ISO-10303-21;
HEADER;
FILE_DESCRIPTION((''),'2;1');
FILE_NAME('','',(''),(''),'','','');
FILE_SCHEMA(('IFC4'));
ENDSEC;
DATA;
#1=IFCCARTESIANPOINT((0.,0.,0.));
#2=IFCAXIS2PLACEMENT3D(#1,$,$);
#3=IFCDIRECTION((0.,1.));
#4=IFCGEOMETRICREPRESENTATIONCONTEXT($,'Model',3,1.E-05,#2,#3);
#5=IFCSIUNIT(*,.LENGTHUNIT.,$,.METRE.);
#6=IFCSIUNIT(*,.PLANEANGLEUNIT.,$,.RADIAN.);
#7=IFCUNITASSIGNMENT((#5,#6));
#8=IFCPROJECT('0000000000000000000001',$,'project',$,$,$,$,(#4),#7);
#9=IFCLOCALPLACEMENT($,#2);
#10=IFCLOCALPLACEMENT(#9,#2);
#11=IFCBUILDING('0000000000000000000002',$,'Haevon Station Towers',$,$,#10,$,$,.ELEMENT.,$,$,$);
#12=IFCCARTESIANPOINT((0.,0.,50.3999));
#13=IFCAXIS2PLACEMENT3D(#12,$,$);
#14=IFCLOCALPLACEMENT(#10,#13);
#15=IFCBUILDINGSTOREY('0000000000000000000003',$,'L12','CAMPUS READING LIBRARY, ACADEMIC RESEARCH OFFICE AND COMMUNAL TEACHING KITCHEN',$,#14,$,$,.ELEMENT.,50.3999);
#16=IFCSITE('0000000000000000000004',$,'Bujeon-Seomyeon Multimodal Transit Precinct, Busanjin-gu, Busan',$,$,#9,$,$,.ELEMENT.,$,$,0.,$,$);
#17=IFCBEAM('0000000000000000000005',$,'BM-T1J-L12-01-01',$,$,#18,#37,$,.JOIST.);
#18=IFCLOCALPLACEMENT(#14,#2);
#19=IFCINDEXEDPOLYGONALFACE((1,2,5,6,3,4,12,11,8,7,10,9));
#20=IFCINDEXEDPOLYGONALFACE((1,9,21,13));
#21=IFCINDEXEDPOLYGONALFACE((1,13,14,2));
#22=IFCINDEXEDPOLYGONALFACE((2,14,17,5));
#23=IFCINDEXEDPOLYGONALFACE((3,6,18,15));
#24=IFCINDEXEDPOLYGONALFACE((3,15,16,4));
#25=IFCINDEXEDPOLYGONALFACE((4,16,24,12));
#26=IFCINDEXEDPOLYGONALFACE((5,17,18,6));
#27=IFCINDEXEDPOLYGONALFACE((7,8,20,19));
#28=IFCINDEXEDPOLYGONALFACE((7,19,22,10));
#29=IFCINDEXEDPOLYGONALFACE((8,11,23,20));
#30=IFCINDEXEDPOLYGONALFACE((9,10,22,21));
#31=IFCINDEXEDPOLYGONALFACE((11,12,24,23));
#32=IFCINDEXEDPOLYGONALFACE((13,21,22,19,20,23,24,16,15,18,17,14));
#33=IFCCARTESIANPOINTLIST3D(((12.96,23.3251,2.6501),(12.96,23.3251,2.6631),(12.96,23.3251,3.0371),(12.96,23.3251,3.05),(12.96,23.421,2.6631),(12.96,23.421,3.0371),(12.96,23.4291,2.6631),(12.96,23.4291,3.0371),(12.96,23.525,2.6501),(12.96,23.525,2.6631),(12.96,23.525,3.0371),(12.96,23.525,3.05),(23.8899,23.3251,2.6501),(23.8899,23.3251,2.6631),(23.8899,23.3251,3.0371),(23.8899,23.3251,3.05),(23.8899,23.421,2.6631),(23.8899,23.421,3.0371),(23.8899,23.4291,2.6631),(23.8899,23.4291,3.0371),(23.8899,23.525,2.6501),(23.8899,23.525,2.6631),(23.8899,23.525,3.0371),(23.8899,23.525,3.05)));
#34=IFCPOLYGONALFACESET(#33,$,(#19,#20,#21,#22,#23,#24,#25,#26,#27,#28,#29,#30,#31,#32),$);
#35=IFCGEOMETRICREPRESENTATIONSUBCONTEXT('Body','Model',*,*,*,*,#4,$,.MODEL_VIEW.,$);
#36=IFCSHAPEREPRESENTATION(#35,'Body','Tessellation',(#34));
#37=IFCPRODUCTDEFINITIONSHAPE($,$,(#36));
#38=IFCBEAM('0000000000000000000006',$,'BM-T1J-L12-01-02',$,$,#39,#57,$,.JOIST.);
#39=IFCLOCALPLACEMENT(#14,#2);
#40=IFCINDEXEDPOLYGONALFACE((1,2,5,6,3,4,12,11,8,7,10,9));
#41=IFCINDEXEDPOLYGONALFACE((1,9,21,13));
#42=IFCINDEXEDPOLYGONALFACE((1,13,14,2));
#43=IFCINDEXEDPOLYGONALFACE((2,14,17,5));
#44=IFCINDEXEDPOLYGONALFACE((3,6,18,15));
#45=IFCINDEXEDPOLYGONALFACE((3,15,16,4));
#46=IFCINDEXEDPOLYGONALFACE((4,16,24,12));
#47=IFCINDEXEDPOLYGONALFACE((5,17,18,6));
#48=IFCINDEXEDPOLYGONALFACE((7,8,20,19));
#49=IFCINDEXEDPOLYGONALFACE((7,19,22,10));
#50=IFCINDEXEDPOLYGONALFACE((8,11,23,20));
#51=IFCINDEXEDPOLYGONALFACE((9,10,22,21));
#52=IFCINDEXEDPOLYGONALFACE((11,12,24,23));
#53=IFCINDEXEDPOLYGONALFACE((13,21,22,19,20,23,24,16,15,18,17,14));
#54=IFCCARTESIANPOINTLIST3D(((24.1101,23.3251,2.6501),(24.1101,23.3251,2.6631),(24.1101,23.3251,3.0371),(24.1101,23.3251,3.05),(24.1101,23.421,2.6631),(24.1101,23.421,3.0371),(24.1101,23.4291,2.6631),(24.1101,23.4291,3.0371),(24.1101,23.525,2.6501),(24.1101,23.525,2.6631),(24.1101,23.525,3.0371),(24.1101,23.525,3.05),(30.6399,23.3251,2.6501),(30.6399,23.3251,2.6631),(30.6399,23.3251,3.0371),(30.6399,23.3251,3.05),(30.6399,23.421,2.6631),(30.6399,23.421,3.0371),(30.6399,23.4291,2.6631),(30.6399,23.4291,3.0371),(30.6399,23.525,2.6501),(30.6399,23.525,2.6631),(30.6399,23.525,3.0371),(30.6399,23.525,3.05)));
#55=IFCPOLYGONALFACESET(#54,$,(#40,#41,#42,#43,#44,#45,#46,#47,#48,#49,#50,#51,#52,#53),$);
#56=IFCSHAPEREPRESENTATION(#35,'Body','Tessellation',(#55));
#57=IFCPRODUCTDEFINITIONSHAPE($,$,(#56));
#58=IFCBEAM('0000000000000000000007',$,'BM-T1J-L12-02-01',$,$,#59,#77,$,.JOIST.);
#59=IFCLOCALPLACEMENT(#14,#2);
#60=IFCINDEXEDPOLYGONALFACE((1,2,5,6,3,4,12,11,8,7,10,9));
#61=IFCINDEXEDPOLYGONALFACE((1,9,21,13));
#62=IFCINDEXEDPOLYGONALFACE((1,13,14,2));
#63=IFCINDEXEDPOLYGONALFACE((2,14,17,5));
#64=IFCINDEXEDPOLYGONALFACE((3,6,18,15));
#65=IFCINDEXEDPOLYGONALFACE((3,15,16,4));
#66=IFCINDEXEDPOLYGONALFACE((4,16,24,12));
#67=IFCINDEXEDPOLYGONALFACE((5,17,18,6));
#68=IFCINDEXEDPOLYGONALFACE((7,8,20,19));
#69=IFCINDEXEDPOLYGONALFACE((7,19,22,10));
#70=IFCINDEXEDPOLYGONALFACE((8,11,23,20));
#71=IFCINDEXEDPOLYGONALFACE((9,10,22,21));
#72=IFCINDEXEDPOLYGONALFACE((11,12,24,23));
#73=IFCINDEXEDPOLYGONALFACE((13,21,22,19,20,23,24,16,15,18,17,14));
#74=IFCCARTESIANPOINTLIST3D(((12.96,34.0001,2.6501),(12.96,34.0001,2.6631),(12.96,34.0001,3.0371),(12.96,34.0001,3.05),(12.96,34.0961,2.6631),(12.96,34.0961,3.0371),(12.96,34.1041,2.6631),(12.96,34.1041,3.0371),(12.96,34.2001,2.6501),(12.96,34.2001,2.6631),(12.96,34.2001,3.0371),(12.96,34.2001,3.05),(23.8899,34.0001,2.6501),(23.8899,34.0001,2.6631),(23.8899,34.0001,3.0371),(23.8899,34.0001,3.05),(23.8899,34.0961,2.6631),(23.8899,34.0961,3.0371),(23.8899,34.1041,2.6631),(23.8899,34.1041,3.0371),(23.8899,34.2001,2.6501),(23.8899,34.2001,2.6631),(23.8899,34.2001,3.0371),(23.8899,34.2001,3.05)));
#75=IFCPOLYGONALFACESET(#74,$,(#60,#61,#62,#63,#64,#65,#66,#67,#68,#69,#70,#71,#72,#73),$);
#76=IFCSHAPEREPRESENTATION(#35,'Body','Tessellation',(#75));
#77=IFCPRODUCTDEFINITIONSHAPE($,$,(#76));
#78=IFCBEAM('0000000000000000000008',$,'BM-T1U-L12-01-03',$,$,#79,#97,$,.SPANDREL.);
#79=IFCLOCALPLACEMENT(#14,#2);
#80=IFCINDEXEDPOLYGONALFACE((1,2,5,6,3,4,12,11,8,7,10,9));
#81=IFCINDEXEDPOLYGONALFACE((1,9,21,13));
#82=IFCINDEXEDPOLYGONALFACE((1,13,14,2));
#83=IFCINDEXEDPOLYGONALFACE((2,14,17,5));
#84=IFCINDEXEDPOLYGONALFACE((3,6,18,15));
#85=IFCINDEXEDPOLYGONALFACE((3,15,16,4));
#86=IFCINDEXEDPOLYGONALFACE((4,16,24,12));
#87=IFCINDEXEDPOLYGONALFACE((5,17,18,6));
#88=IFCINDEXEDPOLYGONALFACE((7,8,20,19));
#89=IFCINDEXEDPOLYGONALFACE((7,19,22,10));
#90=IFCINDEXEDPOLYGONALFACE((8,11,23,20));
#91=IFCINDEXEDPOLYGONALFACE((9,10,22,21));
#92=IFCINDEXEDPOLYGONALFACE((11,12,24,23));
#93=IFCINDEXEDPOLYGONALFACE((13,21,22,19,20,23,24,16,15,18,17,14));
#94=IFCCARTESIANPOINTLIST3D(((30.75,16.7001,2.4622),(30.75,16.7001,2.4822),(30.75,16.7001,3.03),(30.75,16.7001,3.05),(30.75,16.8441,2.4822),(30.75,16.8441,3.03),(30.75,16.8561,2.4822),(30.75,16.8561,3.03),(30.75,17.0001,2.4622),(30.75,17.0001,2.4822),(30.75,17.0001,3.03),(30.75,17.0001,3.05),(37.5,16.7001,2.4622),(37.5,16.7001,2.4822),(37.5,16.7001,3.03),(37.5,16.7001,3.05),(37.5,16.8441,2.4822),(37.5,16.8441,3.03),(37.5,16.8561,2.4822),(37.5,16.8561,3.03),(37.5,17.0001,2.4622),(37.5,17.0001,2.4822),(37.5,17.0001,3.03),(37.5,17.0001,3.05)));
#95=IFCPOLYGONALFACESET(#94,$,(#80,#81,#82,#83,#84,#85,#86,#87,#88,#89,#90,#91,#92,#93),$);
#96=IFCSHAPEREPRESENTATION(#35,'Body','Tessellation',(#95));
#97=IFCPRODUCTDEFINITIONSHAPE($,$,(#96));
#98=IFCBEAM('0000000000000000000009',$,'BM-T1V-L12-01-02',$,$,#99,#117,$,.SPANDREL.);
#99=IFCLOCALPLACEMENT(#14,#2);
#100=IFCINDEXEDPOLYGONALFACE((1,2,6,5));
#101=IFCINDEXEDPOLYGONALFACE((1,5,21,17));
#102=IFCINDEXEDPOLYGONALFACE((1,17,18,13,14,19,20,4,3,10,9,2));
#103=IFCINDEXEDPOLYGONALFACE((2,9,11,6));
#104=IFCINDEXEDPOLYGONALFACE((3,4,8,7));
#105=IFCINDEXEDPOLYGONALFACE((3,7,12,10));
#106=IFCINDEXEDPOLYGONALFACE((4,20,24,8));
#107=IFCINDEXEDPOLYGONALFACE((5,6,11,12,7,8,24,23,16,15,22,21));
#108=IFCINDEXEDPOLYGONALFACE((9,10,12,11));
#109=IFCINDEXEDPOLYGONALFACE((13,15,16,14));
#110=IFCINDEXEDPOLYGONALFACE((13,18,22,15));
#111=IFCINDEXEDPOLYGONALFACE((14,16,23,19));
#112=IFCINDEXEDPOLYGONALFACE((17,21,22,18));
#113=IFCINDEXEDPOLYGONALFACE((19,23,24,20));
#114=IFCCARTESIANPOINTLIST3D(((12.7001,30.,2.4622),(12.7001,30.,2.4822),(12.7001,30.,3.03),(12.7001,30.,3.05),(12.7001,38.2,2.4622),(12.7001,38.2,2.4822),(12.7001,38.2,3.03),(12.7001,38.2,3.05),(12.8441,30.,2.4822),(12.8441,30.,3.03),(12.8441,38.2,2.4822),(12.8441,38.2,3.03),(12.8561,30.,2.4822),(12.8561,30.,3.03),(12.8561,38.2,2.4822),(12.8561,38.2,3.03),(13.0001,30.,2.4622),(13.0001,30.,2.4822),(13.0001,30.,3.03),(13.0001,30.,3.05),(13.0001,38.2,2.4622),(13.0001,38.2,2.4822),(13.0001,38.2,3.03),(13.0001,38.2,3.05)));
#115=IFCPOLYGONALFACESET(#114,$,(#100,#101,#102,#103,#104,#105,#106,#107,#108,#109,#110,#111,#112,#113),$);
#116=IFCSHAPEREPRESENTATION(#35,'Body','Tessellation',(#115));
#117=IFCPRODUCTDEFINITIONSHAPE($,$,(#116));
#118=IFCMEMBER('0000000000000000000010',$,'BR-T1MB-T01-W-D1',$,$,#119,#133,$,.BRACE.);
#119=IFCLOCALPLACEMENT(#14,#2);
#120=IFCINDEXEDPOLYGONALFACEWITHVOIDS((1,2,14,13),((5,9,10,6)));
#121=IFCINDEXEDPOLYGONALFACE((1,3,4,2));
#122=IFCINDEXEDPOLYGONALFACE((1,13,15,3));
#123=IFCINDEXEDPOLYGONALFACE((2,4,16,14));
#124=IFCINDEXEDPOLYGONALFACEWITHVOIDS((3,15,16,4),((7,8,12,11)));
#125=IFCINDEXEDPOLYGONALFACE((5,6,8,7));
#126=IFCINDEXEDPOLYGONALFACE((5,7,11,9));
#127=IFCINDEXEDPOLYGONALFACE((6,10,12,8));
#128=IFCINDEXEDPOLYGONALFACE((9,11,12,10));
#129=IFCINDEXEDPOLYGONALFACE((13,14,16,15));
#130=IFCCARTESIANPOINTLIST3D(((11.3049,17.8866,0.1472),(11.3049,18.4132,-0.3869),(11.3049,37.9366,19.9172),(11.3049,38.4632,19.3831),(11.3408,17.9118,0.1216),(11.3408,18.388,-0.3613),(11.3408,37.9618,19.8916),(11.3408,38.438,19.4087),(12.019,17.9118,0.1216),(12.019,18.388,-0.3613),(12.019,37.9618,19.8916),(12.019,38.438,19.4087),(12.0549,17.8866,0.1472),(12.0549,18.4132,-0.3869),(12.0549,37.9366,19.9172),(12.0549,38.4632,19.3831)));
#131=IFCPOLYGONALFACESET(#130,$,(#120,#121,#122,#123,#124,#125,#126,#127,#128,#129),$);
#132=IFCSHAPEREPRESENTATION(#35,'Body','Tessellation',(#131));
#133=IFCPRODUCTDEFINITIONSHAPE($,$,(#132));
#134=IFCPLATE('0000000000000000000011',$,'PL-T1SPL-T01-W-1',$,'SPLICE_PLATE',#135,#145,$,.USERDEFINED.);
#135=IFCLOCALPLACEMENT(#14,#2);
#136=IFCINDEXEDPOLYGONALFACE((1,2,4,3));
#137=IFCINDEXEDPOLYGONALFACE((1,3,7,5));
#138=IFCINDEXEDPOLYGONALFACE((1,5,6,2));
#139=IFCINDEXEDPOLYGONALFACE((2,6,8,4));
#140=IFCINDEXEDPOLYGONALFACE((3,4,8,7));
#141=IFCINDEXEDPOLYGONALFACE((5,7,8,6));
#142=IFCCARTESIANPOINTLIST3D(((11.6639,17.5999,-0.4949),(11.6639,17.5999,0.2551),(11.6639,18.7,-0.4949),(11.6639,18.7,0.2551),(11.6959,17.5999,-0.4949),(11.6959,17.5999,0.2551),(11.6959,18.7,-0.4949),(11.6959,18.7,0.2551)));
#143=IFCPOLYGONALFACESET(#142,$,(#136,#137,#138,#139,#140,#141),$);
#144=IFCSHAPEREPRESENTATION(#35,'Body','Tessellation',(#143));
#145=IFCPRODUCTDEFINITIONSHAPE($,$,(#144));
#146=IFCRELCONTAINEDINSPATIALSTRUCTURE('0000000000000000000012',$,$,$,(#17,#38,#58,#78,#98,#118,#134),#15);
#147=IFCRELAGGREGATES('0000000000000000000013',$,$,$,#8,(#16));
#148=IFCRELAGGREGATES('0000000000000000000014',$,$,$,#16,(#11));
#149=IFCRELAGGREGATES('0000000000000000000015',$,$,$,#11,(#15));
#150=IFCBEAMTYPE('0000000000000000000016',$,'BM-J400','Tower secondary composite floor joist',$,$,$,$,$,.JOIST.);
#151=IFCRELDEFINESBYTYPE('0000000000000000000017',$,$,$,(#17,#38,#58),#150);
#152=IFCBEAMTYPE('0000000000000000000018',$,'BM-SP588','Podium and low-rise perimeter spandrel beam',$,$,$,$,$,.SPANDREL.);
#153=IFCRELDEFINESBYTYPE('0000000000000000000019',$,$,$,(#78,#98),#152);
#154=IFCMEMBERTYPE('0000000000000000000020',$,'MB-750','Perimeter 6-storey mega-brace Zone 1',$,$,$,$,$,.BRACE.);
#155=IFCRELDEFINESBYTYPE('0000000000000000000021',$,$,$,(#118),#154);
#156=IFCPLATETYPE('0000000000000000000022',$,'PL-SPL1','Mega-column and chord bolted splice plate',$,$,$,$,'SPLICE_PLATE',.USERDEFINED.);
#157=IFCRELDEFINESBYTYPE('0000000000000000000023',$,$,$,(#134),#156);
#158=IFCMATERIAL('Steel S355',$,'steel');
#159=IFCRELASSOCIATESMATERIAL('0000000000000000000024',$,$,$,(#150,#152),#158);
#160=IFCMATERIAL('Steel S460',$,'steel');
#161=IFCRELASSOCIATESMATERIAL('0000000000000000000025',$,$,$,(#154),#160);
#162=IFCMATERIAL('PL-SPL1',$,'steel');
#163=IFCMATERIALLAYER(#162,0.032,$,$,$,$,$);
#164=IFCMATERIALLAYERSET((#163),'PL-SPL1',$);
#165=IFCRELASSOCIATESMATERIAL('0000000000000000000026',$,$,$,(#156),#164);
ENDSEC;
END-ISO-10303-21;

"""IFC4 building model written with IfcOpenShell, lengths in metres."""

from ifc_helpers import new_model, si_unit, direction, frame, origin, origin_2d, place, context, subcontext, project, spatial, rectangle, hollow_rectangle, i_section, extrude, material, layer, layer_set, material_profile, profile_set, type_object, element, save


model = new_model("IFC4")

# Units and contexts
model_context = context("Model", 3, precision=1e-05, world=origin(), true_north=direction((0.0, 1.0)))
body_context = subcontext(model_context, "Body", "Model", "MODEL_VIEW")
ifc_project = project(units=[si_unit("LENGTHUNIT", "METRE"), si_unit("PLANEANGLEUNIT", "RADIAN")], contexts=[model_context])

# Site, building, storey
site_placement = place(None, origin())
site = spatial("IfcSite", under=ifc_project, at=site_placement, Name="Bujeon-Seomyeon Multimodal Transit Precinct, Busanjin-gu, Busan", CompositionType="ELEMENT", RefElevation=0.0)
building_placement = place(site_placement, origin())
building = spatial("IfcBuilding", under=site, at=building_placement, Name="Haevon Station Towers", CompositionType="ELEMENT")
storey_placement = place(building_placement, frame((0.0, 0.0, 50.3999)))
storey = spatial("IfcBuildingStorey", under=building, at=storey_placement, Name="L12", Description="CAMPUS READING LIBRARY, ACADEMIC RESEARCH OFFICE AND COMMUNAL TEACHING KITCHEN", CompositionType="ELEMENT", Elevation=50.3999)

# Shared definitions
ifc_material_1 = material(Name="Steel S460", Category="steel")

# Beams
ifc_material_2 = material(Name="Steel S355", Category="steel")
ifc_material_profile_1 = material_profile(ifc_material_2, i_section(OverallWidth=0.2, OverallDepth=0.3999, WebThickness=0.0081, FlangeThickness=0.0129, at=origin_2d()), Name="H-400x200x8x13")
ifc_profile_set_1 = profile_set([ifc_material_profile_1], Name="Steel S355")
beam_type_1 = type_object("IfcBeamType", Name="BM-J400", Description="Tower secondary composite floor joist", PredefinedType="JOIST", material=ifc_profile_set_1)
beam_1_placement = place(storey_placement, frame((12.96, 23.425, 2.8501), z_axis=(1.0, 0.0, 0.0), x_axis=(0.0, 1.0, 0.0)))
element("IfcBeam", 1, at=beam_1_placement, inside=storey, type_object=beam_type_1, Name="BM-T1J-L12-01-01", PredefinedType="JOIST", context=body_context, shape_type="SweptSolid", body=[
    extrude(i_section(OverallWidth=0.2, OverallDepth=0.3999, WebThickness=0.0081, FlangeThickness=0.0129, at=origin_2d()), origin(), (0.0, 0.0, 1.0), 10.9299),
])
beam_2_placement = place(storey_placement, frame((24.1101, 23.425, 2.8501), z_axis=(1.0, 0.0, 0.0), x_axis=(0.0, 1.0, 0.0)))
element("IfcBeam", 2, at=beam_2_placement, inside=storey, type_object=beam_type_1, Name="BM-T1J-L12-01-02", PredefinedType="JOIST", context=body_context, shape_type="SweptSolid", body=[
    extrude(i_section(OverallWidth=0.2, OverallDepth=0.3999, WebThickness=0.0081, FlangeThickness=0.0129, at=origin_2d()), origin(), (0.0, 0.0, 1.0), 6.5298),
])
beam_3_placement = place(storey_placement, frame((12.96, 34.1001, 2.8501), z_axis=(1.0, 0.0, 0.0), x_axis=(0.0, 1.0, 0.0)))
element("IfcBeam", 3, at=beam_3_placement, inside=storey, type_object=beam_type_1, Name="BM-T1J-L12-02-01", PredefinedType="JOIST", context=body_context, shape_type="SweptSolid", body=[
    extrude(i_section(OverallWidth=0.2, OverallDepth=0.3999, WebThickness=0.0081, FlangeThickness=0.0129, at=origin_2d()), origin(), (0.0, 0.0, 1.0), 10.9299),
])
ifc_material_profile_2 = material_profile(ifc_material_2, i_section(OverallWidth=0.3, OverallDepth=0.5879, WebThickness=0.012, FlangeThickness=0.02, at=origin_2d()), Name="H-588x300x12x20")
ifc_profile_set_2 = profile_set([ifc_material_profile_2], Name="Steel S355")
beam_type_2 = type_object("IfcBeamType", Name="BM-SP588", Description="Podium and low-rise perimeter spandrel beam", PredefinedType="SPANDREL", material=ifc_profile_set_2)
beam_4_placement = place(storey_placement, frame((30.75, 16.8501, 2.7561), z_axis=(1.0, 0.0, 0.0), x_axis=(0.0, 1.0, 0.0)))
element("IfcBeam", 4, at=beam_4_placement, inside=storey, type_object=beam_type_2, Name="BM-T1U-L12-01-03", PredefinedType="SPANDREL", context=body_context, shape_type="SweptSolid", body=[
    extrude(i_section(OverallWidth=0.3, OverallDepth=0.5879, WebThickness=0.012, FlangeThickness=0.02, at=origin_2d()), origin(), (0.0, 0.0, 1.0), 6.75),
])
beam_5_placement = place(storey_placement, frame((12.8501, 30.0, 2.7561), z_axis=(0.0, 1.0, 0.0), x_axis=(-1.0, 0.0, 0.0)))
element("IfcBeam", 5, at=beam_5_placement, inside=storey, type_object=beam_type_2, Name="BM-T1V-L12-01-02", PredefinedType="SPANDREL", context=body_context, shape_type="SweptSolid", body=[
    extrude(i_section(OverallWidth=0.3, OverallDepth=0.5879, WebThickness=0.012, FlangeThickness=0.02, at=origin_2d()), origin(), (0.0, 0.0, 1.0), 8.2),
])

# Member
ifc_material_profile_3 = material_profile(ifc_material_1, hollow_rectangle(XDim=0.75, YDim=0.75, WallThickness=0.0359, at=origin_2d()), Name="RHS-750x750x36")
ifc_profile_set_3 = profile_set([ifc_material_profile_3], Name="Steel S460")
member_type = type_object("IfcMemberType", Name="MB-750", Description="Perimeter 6-storey mega-brace Zone 1", PredefinedType="BRACE", material=ifc_profile_set_3)
member_placement = place(storey_placement, frame((11.6799, 18.1499, -0.1199), z_axis=(0.0, 0.712062, 0.702117), x_axis=(-1.0, 0.0, 0.0)))
element("IfcMember", 6, at=member_placement, inside=storey, type_object=member_type, Name="BR-T1MB-T01-W-D1", PredefinedType="BRACE", context=body_context, shape_type="SweptSolid", body=[
    extrude(hollow_rectangle(XDim=0.75, YDim=0.75, WallThickness=0.0359, at=origin_2d()), origin(), (0.0, 0.0, 1.0), 28.1577),
])

# Plate
ifc_material_3 = material(Name="PL-SPL1", Category="steel")
ifc_layer_1 = layer(ifc_material_3, 0.032)
ifc_layer_set_1 = layer_set([ifc_layer_1], Name="PL-SPL1")
plate_type = type_object("IfcPlateType", Name="PL-SPL1", Description="Mega-column and chord bolted splice plate", ElementType="SPLICE_PLATE", PredefinedType="USERDEFINED", material=ifc_layer_set_1)
plate_placement = place(storey_placement, frame((11.6799, 18.1499, -0.4949), z_axis=(0.0, 0.0, 1.0), x_axis=(0.0, 1.0, 0.0)))
element("IfcPlate", 7, at=plate_placement, inside=storey, type_object=plate_type, Name="PL-T1SPL-T01-W-1", ObjectType="SPLICE_PLATE", PredefinedType="USERDEFINED", context=body_context, shape_type="SweptSolid", body=[
    extrude(rectangle(XDim=1.1001, YDim=0.032, at=origin_2d()), origin(), (0.0, 0.0, 1.0), 0.75),
])

save(model, "model.ifc")
